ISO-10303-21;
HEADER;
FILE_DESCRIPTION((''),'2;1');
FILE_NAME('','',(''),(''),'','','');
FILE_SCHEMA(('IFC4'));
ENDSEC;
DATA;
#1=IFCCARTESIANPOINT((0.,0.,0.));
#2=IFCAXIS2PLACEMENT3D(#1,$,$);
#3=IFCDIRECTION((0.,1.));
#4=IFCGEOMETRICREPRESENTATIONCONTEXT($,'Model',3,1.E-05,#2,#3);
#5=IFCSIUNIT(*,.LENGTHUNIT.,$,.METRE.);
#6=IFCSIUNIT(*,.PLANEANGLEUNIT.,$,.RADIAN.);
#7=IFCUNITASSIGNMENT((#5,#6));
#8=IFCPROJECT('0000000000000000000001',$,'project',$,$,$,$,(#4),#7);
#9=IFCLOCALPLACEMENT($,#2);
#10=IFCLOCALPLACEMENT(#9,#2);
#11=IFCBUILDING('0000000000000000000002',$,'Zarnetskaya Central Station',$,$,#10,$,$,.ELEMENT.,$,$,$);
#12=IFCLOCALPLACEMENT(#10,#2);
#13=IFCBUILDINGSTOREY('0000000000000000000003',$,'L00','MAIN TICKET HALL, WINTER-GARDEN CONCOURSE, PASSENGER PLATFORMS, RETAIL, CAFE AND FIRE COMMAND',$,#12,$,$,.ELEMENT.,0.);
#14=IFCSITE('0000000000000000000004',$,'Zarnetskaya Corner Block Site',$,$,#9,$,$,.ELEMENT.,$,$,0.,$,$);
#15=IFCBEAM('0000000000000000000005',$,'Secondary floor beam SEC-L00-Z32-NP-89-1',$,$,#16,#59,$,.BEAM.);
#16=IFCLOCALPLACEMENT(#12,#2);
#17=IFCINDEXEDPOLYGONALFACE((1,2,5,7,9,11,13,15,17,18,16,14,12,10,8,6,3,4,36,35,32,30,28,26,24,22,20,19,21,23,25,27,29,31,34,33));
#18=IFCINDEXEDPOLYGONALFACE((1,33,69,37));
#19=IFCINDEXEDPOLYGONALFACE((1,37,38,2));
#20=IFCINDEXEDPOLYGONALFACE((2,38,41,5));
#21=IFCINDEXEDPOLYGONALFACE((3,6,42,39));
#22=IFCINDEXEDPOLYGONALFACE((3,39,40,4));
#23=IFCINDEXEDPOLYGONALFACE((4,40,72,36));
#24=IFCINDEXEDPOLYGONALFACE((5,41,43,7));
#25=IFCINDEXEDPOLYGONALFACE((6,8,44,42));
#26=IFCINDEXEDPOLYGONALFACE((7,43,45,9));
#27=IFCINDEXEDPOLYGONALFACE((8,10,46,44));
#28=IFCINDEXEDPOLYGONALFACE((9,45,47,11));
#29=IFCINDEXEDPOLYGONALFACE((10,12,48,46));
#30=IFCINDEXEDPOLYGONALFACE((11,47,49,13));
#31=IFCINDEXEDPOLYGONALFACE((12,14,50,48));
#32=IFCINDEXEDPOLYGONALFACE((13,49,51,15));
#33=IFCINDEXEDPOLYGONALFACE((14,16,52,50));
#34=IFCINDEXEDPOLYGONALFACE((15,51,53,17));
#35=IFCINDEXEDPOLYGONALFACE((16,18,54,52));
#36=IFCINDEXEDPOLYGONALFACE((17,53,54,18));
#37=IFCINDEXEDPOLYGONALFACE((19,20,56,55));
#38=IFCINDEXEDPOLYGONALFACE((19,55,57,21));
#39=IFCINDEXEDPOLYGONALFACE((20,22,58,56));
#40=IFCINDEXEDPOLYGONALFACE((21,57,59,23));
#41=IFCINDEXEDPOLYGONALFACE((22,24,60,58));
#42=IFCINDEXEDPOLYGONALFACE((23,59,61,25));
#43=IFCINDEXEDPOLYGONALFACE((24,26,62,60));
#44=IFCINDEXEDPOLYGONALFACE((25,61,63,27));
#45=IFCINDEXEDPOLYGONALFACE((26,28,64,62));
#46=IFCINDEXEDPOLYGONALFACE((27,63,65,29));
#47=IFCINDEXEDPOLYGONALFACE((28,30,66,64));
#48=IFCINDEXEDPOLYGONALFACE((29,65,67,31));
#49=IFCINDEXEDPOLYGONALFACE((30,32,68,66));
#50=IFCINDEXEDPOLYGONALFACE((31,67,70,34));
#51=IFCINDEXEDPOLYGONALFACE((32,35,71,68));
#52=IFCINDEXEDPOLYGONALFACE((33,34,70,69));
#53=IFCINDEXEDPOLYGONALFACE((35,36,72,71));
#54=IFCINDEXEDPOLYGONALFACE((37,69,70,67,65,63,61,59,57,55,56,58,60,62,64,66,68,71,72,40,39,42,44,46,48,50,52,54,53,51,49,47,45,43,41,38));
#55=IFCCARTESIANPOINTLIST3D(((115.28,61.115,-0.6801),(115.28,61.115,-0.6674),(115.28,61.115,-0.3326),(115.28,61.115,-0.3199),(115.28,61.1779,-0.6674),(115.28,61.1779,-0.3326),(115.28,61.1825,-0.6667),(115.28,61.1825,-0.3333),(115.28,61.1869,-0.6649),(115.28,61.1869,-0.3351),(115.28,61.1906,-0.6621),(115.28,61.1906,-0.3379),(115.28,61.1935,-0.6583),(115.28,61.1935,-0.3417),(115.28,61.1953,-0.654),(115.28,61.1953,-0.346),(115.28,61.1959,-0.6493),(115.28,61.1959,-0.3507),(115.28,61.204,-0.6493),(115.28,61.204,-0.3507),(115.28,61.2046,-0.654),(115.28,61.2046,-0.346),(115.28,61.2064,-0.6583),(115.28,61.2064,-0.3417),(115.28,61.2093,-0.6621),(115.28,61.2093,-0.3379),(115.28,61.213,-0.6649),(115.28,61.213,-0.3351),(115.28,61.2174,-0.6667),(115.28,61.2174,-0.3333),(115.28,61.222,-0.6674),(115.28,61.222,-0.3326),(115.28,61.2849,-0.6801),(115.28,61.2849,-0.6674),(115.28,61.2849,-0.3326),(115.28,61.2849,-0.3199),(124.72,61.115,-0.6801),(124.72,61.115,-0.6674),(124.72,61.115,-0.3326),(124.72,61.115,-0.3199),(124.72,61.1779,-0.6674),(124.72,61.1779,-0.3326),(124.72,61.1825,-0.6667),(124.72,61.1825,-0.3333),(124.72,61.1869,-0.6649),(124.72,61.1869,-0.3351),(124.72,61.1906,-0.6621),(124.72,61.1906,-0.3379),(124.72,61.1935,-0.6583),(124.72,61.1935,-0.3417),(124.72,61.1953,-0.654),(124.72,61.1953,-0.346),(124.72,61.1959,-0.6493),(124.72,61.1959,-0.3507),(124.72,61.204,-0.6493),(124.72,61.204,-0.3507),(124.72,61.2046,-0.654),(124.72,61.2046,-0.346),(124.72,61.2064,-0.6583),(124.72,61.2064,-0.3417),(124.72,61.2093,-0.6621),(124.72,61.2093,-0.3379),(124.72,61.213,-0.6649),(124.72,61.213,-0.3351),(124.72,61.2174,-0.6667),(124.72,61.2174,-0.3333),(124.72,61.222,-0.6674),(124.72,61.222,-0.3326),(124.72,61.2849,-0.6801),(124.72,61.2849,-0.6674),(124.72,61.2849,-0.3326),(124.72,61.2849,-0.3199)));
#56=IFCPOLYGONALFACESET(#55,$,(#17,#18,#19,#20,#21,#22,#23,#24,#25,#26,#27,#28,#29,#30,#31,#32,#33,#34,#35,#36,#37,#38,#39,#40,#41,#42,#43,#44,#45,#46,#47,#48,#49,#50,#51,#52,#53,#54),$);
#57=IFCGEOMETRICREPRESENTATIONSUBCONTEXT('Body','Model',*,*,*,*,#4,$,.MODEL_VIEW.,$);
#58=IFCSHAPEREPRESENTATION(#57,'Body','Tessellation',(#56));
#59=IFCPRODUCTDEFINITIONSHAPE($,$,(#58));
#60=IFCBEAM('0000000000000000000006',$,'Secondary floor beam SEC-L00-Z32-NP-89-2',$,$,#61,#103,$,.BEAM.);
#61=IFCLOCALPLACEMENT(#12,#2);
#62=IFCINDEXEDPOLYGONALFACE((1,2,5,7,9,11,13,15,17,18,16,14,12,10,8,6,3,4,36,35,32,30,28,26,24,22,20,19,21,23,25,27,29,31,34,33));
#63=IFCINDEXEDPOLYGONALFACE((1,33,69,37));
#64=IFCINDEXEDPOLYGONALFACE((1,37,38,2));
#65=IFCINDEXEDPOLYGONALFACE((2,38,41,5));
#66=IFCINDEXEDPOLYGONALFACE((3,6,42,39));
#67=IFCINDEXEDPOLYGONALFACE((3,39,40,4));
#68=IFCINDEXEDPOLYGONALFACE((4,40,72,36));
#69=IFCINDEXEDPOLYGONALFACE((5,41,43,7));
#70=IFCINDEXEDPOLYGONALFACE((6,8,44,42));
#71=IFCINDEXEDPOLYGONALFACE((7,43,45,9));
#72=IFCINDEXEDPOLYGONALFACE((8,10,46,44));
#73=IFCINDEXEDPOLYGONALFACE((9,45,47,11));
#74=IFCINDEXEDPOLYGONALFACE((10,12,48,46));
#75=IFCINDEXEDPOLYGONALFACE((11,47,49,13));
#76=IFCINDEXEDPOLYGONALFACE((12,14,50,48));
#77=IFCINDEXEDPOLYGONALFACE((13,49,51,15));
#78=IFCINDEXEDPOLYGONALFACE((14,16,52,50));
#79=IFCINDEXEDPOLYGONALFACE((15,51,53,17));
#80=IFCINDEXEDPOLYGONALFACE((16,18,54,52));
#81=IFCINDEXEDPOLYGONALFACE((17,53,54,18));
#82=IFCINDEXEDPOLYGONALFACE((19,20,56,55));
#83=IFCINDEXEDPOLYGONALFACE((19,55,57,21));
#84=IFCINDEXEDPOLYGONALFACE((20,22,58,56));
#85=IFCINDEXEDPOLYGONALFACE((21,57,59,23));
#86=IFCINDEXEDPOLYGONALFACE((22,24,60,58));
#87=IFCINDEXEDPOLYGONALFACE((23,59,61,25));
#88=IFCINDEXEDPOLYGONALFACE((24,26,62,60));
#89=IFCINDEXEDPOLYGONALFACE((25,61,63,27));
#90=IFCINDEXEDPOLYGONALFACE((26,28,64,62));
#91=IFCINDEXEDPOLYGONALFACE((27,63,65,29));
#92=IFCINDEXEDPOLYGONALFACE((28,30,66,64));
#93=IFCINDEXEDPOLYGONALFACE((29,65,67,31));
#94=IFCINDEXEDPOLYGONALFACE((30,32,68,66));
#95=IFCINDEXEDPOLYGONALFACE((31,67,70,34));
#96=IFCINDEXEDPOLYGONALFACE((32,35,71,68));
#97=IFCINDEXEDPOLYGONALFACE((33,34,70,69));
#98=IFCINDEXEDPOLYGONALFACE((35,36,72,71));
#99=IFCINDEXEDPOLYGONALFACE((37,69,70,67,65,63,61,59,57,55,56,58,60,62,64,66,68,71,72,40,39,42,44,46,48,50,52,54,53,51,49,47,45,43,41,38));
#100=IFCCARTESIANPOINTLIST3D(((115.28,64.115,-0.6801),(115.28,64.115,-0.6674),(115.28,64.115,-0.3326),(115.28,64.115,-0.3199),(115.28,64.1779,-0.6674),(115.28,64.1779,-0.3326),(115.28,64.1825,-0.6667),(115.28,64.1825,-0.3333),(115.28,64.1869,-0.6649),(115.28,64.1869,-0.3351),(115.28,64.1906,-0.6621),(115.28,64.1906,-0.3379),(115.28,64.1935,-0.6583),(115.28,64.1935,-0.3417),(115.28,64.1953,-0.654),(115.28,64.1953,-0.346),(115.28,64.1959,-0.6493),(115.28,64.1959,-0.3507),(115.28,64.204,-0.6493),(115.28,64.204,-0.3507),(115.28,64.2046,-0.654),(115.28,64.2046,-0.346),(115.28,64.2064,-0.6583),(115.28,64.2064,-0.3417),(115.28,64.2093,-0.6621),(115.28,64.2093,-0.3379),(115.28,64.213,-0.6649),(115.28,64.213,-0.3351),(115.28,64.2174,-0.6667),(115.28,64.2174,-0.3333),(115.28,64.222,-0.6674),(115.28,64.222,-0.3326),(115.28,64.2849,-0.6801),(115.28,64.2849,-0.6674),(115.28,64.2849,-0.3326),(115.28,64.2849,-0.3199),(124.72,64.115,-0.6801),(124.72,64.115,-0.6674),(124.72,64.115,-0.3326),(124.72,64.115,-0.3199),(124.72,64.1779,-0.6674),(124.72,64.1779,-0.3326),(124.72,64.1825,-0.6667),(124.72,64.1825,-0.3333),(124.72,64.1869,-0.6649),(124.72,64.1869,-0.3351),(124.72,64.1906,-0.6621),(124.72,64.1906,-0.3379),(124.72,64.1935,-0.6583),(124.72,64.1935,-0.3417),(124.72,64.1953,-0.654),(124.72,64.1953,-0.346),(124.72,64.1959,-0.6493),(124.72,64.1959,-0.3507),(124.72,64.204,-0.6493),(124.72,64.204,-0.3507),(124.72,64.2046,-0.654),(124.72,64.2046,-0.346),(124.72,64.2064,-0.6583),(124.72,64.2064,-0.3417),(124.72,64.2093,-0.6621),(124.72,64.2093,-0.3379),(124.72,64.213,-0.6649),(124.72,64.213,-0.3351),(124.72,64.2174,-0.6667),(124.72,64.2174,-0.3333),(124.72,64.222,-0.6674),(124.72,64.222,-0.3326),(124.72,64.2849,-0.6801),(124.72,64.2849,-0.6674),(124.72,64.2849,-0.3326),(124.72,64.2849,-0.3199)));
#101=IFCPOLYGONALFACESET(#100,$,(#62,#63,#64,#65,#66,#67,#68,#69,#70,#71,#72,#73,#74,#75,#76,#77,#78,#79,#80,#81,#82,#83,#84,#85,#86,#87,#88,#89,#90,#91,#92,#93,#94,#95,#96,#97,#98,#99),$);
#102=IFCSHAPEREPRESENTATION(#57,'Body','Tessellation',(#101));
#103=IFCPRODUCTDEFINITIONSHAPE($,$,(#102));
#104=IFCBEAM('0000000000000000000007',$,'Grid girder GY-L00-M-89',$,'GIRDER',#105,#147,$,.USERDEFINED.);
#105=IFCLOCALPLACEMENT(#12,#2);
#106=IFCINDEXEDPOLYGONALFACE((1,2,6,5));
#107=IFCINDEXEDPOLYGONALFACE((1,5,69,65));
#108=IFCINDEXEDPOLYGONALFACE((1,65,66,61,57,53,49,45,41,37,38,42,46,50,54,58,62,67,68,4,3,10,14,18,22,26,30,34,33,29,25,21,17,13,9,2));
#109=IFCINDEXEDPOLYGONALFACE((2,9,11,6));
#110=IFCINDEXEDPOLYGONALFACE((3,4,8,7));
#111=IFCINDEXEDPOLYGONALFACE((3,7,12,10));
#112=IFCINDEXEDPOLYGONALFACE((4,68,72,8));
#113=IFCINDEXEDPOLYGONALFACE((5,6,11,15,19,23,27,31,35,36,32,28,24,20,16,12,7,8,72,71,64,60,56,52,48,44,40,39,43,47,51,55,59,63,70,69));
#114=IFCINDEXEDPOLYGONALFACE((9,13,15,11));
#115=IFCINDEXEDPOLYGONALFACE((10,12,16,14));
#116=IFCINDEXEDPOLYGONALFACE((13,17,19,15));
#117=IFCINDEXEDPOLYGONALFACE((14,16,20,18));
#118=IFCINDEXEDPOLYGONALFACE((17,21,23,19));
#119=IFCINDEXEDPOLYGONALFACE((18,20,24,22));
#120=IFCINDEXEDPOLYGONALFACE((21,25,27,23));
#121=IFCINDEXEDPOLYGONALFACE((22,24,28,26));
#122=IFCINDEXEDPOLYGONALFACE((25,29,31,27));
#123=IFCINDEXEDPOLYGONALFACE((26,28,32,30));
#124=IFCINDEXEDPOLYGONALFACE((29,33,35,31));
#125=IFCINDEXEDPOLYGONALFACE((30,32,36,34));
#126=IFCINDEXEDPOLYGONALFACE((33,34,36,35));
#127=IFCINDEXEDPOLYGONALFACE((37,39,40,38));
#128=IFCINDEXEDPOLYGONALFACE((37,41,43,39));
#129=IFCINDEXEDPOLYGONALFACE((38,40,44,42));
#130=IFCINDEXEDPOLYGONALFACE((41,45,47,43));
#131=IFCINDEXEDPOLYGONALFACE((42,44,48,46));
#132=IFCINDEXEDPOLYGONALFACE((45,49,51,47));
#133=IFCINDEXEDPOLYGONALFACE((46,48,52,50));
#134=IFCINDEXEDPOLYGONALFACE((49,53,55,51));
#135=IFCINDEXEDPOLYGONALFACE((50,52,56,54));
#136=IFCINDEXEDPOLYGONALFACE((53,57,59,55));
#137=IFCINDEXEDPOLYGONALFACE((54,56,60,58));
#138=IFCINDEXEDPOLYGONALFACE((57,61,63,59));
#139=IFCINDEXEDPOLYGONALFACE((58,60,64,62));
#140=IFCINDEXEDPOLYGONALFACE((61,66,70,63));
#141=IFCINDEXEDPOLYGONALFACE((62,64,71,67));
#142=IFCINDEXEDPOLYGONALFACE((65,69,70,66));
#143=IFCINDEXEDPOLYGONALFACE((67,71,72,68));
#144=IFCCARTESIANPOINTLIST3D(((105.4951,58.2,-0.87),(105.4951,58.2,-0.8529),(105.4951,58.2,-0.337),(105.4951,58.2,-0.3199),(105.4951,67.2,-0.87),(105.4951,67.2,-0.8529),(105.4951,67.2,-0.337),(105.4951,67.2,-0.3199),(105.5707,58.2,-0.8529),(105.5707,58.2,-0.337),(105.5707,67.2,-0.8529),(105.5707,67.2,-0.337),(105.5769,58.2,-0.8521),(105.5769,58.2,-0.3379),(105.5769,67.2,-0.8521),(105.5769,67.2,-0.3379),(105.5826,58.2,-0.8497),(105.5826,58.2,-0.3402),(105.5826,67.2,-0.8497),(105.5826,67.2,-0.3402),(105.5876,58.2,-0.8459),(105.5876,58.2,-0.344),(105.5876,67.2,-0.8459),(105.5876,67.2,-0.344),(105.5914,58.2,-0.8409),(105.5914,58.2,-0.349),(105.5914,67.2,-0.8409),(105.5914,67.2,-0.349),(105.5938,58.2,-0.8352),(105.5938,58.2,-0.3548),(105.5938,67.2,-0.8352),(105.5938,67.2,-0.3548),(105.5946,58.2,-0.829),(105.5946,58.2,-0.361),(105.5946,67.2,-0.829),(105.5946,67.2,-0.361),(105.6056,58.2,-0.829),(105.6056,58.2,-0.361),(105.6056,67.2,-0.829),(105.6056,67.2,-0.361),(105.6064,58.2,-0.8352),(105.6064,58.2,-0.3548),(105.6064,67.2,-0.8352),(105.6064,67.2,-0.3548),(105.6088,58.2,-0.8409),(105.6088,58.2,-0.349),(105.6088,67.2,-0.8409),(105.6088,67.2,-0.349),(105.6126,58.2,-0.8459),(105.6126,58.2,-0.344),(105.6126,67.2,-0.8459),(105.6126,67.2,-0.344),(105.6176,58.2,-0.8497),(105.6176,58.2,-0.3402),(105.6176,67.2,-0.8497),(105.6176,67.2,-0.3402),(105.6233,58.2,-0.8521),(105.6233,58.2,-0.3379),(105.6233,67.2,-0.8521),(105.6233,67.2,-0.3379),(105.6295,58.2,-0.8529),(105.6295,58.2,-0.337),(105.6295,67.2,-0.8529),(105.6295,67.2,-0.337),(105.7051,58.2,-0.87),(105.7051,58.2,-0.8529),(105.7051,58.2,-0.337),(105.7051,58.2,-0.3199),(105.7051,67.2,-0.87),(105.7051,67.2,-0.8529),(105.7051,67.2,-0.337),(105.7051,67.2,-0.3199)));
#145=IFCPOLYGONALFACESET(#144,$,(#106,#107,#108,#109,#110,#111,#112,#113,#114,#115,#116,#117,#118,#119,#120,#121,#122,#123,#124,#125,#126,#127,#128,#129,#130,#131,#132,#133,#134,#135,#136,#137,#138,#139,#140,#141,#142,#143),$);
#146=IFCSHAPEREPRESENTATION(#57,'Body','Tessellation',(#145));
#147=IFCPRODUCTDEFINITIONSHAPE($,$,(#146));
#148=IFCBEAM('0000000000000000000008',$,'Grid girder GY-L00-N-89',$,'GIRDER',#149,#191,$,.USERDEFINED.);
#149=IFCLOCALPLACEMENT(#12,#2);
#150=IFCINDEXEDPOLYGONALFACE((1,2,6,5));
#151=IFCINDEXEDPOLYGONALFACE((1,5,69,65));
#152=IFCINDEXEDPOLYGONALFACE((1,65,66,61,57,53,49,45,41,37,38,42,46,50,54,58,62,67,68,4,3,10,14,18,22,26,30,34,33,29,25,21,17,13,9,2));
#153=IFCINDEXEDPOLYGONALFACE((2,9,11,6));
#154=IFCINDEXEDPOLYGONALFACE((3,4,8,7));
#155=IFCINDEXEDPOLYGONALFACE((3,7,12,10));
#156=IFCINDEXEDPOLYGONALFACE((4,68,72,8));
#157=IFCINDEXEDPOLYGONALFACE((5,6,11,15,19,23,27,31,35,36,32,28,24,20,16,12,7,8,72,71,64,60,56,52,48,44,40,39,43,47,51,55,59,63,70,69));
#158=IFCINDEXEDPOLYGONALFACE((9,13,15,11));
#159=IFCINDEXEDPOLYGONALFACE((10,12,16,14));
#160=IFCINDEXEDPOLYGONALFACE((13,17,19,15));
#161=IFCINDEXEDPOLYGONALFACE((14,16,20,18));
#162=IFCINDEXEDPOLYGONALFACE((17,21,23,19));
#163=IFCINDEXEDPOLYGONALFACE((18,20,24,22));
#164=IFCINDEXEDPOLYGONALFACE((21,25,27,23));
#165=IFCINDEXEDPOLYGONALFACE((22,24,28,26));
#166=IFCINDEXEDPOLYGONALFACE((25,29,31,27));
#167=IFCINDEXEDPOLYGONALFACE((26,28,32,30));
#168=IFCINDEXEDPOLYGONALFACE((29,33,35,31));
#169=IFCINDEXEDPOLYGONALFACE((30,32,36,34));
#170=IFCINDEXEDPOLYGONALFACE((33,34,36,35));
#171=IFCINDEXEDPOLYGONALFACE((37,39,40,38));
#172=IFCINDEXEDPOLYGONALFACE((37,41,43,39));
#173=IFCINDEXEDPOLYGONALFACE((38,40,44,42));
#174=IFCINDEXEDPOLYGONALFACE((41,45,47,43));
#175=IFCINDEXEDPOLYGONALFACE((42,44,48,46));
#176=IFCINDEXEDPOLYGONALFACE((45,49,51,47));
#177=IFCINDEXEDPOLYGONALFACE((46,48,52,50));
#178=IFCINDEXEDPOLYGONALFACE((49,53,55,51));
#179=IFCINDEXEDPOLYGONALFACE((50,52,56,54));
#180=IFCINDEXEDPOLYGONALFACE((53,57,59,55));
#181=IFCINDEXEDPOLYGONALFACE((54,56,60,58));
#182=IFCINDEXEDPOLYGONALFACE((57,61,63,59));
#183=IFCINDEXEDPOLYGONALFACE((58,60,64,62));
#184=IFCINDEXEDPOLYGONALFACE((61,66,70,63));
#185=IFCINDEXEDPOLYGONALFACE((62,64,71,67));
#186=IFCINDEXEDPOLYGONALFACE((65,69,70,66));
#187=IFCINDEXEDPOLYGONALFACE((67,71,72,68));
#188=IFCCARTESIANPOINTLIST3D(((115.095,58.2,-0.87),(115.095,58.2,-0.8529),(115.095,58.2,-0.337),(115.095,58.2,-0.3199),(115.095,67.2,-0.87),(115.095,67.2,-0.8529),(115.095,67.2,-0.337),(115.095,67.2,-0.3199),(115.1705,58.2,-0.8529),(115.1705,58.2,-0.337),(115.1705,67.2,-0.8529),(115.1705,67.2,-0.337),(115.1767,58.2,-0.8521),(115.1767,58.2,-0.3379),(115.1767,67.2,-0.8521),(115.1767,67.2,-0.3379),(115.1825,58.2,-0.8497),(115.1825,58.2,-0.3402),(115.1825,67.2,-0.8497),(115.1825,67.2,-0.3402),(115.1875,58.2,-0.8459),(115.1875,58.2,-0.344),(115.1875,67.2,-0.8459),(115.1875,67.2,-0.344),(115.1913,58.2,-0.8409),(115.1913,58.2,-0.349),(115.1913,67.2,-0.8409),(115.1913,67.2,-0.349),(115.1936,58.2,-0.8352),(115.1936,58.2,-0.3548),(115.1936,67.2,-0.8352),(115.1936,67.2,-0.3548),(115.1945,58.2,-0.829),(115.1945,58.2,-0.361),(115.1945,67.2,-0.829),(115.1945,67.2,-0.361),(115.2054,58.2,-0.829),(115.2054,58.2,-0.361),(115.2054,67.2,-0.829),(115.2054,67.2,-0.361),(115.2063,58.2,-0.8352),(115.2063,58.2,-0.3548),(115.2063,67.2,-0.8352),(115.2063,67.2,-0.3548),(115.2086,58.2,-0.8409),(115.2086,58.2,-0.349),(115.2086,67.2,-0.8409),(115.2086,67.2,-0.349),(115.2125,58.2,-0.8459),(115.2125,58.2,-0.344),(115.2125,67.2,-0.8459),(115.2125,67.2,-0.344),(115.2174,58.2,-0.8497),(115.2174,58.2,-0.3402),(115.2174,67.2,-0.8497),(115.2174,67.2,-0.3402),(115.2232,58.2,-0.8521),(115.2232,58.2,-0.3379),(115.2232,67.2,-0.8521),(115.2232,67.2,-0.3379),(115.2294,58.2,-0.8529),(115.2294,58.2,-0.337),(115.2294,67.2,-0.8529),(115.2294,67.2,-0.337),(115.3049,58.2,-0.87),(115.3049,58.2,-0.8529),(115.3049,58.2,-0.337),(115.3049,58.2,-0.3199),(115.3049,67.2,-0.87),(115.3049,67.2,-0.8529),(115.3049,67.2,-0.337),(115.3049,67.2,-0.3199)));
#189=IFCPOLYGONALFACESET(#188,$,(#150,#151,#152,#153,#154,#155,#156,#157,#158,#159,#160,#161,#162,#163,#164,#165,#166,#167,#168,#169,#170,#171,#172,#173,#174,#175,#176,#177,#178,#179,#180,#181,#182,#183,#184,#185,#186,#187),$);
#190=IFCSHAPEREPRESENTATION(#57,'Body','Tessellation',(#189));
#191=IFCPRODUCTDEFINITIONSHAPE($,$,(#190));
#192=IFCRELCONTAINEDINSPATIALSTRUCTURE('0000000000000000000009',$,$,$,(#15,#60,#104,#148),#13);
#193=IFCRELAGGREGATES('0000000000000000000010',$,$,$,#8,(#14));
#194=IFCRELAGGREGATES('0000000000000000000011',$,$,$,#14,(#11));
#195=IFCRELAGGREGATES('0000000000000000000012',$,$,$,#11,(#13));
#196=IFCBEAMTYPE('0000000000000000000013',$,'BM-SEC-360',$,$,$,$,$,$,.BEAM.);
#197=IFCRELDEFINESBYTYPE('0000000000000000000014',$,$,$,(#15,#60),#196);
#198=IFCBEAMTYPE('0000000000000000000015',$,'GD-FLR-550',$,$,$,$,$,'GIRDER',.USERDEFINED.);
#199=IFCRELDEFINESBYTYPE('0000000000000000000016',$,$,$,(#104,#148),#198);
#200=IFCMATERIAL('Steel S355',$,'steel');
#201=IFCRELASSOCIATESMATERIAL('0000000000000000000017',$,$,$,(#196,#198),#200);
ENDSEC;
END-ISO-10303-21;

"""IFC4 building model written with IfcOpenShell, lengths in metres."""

from ifc_helpers import new_model, si_unit, direction, frame, origin, origin_2d, place, context, subcontext, project, spatial, i_section, extrude, material, material_profile, profile_set, type_object, element, save


model = new_model("IFC4")

# Units and contexts
model_context = context("Model", 3, precision=1e-05, world=origin(), true_north=direction((0.0, 1.0)))
body_context = subcontext(model_context, "Body", "Model", "MODEL_VIEW")
ifc_project = project(units=[si_unit("LENGTHUNIT", "METRE"), si_unit("PLANEANGLEUNIT", "RADIAN")], contexts=[model_context])

# Site, building, storey
site_placement = place(None, origin())
site = spatial("IfcSite", under=ifc_project, at=site_placement, Name="Zarnetskaya Corner Block Site", CompositionType="ELEMENT", RefElevation=0.0)
building_placement = place(site_placement, origin())
building = spatial("IfcBuilding", under=site, at=building_placement, Name="Zarnetskaya Central Station", CompositionType="ELEMENT")
storey_placement = place(building_placement, origin())
storey = spatial("IfcBuildingStorey", under=building, at=storey_placement, Name="L00", Description="MAIN TICKET HALL, WINTER-GARDEN CONCOURSE, PASSENGER PLATFORMS, RETAIL, CAFE AND FIRE COMMAND", CompositionType="ELEMENT", Elevation=0.0)

# Shared definitions
ifc_material_1 = material(Name="Steel S355", Category="steel")

# Beams
ifc_material_profile_1 = material_profile(ifc_material_1, i_section(OverallWidth=0.1699, OverallDepth=0.3601, WebThickness=0.0081, FlangeThickness=0.0127, FilletRadius=0.0181, at=origin_2d()), Name="IPE 360")
ifc_profile_set_1 = profile_set([ifc_material_profile_1], Name="Steel S355")
beam_type_1 = type_object("IfcBeamType", Name="BM-SEC-360", PredefinedType="BEAM", material=ifc_profile_set_1)
for number, where, z_axis, x_axis, name in (
    (1, (115.28, 61.2, -0.5), (1.0, 0.0, 0.0), (0.0, 1.0, 0.0), "Secondary floor beam SEC-L00-Z32-NP-89-1"),
    (2, (115.28, 64.2, -0.5), (1.0, 0.0, 0.0), (0.0, 1.0, 0.0), "Secondary floor beam SEC-L00-Z32-NP-89-2"),
):
    element("IfcBeam", number, at=place(storey_placement, frame(where, z_axis=z_axis, x_axis=x_axis)), inside=storey, type_object=beam_type_1, Name=name, PredefinedType="BEAM", context=body_context, shape_type="SweptSolid", body=[
        extrude(i_section(OverallWidth=0.1699, OverallDepth=0.3601, WebThickness=0.0081, FlangeThickness=0.0127, FilletRadius=0.0181, at=origin_2d()), origin(), (0.0, 0.0, 1.0), 9.4399),
    ])
ifc_material_profile_2 = material_profile(ifc_material_1, i_section(OverallWidth=0.21, OverallDepth=0.55, WebThickness=0.011, FlangeThickness=0.0171, FilletRadius=0.0239, at=origin_2d()), Name="IPE 550")
ifc_profile_set_2 = profile_set([ifc_material_profile_2], Name="Steel S355")
beam_type_2 = type_object("IfcBeamType", Name="GD-FLR-550", ElementType="GIRDER", PredefinedType="USERDEFINED", material=ifc_profile_set_2)
for number, where, z_axis, x_axis, name in (
    (3, (105.6001, 58.2, -0.595), (0.0, 1.0, 0.0), (-1.0, 0.0, 0.0), "Grid girder GY-L00-M-89"),
    (4, (115.2, 58.2, -0.595), (0.0, 1.0, 0.0), (-1.0, 0.0, 0.0), "Grid girder GY-L00-N-89"),
):
    element("IfcBeam", number, at=place(storey_placement, frame(where, z_axis=z_axis, x_axis=x_axis)), inside=storey, type_object=beam_type_2, Name=name, ObjectType="GIRDER", PredefinedType="USERDEFINED", context=body_context, shape_type="SweptSolid", body=[
        extrude(i_section(OverallWidth=0.21, OverallDepth=0.55, WebThickness=0.011, FlangeThickness=0.0171, FilletRadius=0.0239, at=origin_2d()), origin(), (0.0, 0.0, 1.0), 9.0),
    ])

save(model, "model.ifc")
